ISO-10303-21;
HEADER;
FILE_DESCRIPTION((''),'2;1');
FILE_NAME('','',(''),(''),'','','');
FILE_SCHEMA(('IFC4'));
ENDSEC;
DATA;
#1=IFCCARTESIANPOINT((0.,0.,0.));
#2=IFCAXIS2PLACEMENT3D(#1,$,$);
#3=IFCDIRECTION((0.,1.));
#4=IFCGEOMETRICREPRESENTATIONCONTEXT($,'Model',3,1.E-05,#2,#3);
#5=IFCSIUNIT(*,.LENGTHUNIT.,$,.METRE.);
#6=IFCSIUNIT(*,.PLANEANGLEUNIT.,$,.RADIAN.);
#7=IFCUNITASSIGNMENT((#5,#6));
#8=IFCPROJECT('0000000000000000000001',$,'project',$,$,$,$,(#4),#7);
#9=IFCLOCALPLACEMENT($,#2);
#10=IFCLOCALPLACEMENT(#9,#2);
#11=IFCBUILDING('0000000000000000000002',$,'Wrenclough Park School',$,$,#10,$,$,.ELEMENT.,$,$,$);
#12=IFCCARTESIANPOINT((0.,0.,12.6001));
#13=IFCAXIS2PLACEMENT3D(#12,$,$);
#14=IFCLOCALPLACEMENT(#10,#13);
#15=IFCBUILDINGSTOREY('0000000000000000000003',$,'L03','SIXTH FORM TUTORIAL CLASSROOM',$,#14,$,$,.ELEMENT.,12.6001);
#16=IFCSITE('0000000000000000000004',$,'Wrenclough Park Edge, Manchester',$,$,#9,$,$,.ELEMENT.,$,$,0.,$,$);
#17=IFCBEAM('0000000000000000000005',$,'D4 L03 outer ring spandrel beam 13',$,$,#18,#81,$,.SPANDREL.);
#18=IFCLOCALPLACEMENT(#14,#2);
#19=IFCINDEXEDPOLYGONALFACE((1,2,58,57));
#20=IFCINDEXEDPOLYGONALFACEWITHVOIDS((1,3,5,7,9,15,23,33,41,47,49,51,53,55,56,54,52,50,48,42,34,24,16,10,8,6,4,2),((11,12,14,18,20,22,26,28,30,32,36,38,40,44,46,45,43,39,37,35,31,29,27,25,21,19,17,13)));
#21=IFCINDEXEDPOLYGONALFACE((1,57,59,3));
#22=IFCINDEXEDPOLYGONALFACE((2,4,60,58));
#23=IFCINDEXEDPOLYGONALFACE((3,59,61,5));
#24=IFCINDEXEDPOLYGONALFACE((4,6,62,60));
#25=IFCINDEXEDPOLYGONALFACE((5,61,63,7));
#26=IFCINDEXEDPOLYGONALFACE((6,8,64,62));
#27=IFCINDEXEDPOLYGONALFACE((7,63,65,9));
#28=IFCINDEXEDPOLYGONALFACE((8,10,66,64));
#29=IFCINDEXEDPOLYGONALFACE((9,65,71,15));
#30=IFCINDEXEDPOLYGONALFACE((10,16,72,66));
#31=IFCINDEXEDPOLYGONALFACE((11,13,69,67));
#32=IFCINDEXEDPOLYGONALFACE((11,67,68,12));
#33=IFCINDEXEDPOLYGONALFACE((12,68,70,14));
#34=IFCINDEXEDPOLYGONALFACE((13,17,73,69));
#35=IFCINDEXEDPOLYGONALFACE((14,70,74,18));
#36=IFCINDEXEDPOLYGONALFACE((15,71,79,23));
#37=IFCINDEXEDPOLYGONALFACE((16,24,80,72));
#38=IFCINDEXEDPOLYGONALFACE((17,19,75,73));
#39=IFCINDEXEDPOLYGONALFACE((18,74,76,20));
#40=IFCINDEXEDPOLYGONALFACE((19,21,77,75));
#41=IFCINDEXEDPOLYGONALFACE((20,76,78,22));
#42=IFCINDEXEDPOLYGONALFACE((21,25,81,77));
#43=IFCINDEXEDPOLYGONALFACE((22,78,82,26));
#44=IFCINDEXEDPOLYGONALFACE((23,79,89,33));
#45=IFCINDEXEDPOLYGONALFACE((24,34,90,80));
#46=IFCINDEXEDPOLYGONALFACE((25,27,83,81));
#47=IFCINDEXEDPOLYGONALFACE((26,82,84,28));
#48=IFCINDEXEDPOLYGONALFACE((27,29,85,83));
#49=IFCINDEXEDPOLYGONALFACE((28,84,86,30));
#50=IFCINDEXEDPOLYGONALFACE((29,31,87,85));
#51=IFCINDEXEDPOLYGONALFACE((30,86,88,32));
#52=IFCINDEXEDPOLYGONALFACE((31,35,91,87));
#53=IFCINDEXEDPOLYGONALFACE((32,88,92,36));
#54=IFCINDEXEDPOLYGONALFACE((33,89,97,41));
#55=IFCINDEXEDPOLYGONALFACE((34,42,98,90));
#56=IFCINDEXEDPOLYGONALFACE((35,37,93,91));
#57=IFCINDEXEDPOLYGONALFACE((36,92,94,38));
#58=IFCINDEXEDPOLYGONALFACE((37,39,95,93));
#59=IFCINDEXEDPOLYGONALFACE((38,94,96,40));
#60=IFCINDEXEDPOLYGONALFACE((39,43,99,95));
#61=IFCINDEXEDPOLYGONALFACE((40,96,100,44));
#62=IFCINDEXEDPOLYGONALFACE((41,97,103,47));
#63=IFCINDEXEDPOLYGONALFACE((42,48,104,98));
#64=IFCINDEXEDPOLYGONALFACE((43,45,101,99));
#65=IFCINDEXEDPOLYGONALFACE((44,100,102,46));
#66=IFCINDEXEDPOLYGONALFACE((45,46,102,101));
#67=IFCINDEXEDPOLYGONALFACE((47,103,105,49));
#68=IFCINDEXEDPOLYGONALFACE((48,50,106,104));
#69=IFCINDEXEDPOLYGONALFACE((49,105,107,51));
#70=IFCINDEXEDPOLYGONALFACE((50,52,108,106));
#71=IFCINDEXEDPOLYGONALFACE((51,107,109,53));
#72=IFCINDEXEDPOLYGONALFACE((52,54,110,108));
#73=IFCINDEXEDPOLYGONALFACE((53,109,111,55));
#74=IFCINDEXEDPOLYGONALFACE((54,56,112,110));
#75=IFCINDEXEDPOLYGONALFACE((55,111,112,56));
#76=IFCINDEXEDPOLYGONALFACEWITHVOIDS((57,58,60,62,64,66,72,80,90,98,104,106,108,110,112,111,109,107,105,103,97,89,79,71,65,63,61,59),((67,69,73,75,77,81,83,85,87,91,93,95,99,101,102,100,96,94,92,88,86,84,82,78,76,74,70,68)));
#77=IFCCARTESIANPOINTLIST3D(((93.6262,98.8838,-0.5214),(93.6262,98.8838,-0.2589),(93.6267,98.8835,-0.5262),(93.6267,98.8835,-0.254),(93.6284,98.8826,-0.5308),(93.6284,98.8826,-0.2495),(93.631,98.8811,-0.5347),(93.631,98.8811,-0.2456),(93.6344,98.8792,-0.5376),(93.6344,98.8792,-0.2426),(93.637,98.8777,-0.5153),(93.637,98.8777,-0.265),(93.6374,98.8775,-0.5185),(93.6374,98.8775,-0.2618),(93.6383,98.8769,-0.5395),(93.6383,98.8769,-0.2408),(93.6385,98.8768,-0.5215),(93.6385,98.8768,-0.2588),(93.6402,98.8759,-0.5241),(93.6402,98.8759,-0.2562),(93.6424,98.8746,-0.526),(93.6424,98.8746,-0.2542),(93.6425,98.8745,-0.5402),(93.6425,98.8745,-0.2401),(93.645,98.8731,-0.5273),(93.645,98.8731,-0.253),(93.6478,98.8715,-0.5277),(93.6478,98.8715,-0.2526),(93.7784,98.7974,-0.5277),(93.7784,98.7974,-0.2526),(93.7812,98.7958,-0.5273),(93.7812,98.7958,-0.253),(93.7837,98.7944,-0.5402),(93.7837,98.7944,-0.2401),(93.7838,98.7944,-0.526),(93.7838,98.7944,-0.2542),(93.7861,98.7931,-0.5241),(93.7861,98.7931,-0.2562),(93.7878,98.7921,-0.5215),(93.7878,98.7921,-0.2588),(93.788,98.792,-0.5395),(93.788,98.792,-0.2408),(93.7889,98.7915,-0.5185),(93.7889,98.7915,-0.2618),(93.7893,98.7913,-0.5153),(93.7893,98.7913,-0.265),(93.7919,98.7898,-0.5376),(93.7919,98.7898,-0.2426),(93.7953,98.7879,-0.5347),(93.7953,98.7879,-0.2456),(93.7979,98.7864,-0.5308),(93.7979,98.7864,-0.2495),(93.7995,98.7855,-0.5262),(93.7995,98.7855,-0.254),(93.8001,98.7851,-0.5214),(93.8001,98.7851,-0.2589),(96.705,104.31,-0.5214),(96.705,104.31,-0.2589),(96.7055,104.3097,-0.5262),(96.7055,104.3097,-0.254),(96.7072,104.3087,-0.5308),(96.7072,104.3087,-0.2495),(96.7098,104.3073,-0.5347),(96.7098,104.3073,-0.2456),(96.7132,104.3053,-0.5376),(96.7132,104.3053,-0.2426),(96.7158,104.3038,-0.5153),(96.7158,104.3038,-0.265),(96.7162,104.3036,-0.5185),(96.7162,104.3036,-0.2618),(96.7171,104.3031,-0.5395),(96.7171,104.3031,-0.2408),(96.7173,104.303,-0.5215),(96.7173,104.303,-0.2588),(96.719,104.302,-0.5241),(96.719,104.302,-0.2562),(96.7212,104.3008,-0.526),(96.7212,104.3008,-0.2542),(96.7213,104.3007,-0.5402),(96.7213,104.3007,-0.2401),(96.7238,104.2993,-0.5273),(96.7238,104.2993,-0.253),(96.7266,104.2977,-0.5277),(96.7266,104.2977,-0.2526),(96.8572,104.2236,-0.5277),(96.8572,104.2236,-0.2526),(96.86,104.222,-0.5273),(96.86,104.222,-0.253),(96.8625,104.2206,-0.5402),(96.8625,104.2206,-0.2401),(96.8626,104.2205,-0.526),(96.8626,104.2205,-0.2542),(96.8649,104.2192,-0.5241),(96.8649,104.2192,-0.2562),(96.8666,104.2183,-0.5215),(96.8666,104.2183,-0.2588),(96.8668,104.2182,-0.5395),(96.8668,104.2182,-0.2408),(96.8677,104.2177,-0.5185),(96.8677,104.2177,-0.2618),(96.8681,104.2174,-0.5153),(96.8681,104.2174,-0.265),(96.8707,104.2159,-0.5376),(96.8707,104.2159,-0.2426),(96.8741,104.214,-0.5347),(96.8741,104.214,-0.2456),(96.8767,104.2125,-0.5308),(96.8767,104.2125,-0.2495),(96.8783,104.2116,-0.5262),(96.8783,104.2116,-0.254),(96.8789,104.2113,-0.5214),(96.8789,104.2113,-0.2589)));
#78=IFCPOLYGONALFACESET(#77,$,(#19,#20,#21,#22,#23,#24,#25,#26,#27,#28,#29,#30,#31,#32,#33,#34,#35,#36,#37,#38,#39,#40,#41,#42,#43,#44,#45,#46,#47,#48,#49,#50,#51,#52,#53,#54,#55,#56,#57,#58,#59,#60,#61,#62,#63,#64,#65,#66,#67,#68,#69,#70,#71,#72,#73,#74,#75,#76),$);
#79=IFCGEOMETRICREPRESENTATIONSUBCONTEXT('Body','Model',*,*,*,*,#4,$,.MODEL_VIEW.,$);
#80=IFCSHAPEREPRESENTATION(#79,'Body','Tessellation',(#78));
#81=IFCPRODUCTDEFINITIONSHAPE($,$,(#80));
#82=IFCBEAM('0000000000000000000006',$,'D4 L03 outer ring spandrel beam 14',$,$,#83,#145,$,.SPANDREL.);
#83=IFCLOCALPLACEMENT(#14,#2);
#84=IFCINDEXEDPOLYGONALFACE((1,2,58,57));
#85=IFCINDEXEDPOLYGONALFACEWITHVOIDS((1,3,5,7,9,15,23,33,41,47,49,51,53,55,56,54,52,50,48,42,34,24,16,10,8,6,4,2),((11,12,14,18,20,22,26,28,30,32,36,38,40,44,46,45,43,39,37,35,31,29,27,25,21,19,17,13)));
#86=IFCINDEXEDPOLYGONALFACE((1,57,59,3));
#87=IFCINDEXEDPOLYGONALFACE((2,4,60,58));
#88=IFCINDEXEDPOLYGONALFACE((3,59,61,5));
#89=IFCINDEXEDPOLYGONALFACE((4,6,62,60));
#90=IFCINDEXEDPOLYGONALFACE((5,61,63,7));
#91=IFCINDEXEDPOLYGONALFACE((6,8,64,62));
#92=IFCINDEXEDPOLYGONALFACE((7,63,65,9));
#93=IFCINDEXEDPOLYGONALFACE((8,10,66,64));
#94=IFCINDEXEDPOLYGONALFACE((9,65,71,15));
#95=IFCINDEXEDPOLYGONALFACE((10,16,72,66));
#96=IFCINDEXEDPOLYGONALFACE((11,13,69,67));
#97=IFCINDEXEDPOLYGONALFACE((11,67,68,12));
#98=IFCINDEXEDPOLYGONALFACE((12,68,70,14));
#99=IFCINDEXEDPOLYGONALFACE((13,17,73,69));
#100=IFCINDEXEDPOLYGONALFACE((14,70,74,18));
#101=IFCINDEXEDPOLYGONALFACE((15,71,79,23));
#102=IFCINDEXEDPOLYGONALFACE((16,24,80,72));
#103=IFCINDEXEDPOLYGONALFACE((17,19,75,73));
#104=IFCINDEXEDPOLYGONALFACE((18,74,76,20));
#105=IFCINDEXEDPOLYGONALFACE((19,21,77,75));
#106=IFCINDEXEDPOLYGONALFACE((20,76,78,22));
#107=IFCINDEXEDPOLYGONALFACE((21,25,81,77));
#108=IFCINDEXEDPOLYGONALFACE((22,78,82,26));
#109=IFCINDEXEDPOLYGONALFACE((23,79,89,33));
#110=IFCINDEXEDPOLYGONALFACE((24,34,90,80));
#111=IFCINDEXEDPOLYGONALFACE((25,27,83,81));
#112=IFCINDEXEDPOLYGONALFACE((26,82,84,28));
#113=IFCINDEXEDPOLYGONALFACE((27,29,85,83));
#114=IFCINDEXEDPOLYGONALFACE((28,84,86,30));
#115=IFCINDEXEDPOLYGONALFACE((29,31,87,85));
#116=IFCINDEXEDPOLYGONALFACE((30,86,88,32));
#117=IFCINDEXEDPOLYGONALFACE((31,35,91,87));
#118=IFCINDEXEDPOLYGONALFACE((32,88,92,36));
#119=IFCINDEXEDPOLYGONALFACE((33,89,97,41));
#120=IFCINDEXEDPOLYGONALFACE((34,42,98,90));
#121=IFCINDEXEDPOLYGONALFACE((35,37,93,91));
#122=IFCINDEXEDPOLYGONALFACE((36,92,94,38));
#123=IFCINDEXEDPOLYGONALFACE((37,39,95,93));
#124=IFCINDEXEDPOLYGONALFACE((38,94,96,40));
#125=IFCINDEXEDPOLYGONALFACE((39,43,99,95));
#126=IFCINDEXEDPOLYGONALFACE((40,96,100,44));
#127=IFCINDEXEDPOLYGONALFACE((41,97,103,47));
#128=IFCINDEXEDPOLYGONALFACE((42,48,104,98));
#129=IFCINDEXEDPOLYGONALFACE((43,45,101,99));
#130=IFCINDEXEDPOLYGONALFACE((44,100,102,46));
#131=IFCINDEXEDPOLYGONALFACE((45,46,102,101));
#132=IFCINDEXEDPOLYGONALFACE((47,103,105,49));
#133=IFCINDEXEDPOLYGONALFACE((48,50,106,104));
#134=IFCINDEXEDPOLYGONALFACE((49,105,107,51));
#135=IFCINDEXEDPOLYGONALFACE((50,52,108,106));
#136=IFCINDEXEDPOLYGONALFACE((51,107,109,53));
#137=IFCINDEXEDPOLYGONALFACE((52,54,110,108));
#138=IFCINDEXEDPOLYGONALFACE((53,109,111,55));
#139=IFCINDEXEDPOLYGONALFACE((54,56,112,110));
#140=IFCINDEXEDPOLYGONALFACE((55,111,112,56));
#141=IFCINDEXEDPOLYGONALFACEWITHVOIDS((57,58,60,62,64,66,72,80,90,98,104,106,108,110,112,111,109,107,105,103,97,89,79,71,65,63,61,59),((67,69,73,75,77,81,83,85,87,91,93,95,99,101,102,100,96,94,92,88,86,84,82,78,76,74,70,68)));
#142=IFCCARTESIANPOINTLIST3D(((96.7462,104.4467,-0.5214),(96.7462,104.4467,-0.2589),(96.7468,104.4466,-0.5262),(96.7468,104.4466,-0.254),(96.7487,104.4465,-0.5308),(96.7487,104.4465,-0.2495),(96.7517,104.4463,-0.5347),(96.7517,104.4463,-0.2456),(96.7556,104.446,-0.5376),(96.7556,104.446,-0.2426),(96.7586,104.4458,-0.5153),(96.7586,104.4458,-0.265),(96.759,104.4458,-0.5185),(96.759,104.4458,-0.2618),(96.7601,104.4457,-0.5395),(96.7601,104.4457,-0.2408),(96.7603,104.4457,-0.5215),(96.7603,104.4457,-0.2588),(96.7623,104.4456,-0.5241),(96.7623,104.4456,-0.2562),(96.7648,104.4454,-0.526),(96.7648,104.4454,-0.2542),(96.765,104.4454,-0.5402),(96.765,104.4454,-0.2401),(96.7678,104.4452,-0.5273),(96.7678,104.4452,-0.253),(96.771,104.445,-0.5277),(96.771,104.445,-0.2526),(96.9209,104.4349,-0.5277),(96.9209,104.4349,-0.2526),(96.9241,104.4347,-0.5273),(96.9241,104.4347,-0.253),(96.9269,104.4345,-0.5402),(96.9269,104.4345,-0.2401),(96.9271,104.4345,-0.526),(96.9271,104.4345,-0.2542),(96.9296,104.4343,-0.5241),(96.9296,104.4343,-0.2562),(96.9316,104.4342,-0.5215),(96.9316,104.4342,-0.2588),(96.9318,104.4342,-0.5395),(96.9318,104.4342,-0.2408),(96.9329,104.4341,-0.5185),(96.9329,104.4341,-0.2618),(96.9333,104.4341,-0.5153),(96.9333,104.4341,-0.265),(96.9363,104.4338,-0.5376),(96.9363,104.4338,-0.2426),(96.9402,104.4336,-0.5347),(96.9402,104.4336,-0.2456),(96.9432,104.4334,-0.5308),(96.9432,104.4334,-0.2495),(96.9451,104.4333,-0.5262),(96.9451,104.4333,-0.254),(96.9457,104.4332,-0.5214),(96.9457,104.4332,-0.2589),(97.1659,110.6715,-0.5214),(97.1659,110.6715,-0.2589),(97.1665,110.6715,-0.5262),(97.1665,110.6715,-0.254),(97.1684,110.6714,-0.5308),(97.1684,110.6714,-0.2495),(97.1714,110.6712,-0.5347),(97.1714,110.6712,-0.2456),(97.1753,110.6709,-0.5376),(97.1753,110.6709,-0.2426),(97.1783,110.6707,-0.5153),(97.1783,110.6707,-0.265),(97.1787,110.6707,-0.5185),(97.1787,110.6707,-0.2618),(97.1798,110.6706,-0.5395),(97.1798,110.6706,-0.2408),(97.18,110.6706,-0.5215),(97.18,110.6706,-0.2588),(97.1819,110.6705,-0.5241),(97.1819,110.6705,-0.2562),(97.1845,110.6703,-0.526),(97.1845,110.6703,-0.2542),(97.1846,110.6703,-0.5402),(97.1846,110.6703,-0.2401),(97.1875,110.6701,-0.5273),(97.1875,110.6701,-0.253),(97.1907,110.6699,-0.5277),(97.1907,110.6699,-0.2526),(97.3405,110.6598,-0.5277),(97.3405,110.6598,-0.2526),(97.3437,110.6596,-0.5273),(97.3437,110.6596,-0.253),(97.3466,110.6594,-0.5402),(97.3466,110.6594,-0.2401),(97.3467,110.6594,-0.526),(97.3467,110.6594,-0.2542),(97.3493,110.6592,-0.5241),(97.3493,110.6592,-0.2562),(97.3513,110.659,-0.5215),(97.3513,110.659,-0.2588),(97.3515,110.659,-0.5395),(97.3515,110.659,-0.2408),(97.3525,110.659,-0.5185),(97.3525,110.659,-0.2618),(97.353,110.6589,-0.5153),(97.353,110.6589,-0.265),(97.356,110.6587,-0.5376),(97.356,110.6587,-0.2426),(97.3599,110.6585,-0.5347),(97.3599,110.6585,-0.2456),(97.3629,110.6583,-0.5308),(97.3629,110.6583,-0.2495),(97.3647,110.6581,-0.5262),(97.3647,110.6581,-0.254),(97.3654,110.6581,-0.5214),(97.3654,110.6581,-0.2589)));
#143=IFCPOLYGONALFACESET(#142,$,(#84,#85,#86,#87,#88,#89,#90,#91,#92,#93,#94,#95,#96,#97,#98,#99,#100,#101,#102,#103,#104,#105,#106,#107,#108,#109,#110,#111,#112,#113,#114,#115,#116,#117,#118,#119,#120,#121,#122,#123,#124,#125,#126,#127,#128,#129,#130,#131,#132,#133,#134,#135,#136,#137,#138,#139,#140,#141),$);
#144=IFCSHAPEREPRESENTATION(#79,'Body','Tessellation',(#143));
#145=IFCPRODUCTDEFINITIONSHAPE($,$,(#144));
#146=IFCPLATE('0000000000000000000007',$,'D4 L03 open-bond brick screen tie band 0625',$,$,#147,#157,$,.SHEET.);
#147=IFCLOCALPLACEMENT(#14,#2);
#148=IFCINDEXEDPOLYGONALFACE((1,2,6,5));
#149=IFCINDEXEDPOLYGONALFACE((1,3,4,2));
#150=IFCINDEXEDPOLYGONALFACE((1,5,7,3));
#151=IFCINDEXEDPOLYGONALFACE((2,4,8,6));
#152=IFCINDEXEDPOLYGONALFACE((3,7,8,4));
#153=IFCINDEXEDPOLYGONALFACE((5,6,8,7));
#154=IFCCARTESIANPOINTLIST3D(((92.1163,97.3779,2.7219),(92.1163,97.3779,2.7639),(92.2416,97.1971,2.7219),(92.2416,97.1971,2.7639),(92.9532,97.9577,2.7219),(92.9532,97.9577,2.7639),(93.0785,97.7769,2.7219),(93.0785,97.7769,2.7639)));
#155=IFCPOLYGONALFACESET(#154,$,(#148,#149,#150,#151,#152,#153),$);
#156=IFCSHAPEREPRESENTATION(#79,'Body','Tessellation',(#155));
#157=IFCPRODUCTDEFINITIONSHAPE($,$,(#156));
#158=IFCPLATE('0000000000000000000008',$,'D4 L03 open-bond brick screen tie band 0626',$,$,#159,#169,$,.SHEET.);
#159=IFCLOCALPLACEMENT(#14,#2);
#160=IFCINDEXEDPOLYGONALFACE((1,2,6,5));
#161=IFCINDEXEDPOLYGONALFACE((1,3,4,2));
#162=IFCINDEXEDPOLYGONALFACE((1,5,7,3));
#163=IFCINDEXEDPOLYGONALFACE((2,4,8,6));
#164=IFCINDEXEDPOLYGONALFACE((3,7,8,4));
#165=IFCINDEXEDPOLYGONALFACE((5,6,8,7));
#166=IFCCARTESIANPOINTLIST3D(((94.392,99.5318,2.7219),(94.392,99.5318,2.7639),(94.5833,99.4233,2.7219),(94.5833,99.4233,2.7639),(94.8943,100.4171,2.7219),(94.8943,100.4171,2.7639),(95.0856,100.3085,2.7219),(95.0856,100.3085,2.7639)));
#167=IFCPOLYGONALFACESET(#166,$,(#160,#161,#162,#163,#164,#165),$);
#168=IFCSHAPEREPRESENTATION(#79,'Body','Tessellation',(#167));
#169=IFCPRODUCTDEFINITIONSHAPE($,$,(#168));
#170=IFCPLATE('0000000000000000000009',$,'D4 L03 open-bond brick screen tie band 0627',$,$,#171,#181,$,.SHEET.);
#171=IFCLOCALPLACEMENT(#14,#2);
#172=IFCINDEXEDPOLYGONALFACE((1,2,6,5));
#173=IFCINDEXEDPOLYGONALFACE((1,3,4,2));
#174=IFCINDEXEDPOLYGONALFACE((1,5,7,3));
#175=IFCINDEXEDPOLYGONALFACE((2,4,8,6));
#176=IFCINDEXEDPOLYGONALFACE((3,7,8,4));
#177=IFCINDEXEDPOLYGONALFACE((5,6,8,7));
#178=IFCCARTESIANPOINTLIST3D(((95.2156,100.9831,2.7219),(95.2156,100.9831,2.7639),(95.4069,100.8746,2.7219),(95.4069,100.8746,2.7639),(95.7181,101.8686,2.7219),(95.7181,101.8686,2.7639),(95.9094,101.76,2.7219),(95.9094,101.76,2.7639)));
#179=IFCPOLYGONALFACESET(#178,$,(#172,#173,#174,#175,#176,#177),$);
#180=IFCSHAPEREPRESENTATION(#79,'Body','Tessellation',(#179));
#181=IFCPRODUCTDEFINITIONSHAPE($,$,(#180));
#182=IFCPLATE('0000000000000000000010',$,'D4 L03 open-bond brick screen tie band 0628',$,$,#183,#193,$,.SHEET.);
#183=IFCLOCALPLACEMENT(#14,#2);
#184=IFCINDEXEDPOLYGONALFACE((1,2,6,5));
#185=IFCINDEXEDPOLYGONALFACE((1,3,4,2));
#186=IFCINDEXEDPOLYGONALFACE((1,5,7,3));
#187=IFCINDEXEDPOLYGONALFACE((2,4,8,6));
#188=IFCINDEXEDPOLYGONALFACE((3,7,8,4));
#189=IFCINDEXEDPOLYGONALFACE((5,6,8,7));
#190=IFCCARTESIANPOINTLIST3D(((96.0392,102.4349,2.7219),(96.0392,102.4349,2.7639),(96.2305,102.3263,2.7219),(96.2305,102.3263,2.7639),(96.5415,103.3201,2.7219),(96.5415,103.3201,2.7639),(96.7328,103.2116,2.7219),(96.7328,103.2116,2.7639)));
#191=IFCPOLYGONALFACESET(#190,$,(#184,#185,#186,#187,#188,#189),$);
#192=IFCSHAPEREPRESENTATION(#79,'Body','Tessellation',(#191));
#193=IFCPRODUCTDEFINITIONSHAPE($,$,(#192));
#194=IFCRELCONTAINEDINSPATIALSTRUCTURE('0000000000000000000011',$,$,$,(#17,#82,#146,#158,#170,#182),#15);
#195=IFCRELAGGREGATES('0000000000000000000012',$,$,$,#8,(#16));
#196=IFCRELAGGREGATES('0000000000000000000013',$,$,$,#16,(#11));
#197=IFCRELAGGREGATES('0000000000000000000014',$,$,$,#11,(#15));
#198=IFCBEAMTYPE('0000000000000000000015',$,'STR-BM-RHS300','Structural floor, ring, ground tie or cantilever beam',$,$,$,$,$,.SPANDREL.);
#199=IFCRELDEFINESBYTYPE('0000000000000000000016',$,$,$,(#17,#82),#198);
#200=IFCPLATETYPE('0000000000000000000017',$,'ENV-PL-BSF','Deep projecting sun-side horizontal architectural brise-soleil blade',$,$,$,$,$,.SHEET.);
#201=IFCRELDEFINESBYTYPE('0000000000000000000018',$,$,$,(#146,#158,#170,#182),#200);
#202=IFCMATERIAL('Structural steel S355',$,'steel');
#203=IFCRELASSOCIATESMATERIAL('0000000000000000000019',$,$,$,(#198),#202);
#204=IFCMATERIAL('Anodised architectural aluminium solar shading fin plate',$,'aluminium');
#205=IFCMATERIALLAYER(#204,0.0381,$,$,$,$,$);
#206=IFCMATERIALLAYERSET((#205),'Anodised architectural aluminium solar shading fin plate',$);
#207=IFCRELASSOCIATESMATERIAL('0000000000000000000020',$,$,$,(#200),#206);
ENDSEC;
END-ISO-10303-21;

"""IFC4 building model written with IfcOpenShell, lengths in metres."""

from ifc_helpers import new_model, si_unit, direction, frame, origin, origin_2d, place, context, subcontext, project, spatial, rectangle, hollow_rectangle, extrude, material, layer, layer_set, material_profile, profile_set, type_object, element, save


model = new_model("IFC4")

# Units and contexts
model_context = context("Model", 3, precision=1e-05, world=origin(), true_north=direction((0.0, 1.0)))
body_context = subcontext(model_context, "Body", "Model", "MODEL_VIEW")
ifc_project = project(units=[si_unit("LENGTHUNIT", "METRE"), si_unit("PLANEANGLEUNIT", "RADIAN")], contexts=[model_context])

# Site, building, storey
site_placement = place(None, origin())
site = spatial("IfcSite", under=ifc_project, at=site_placement, Name="Wrenclough Park Edge, Manchester", CompositionType="ELEMENT", RefElevation=0.0)
building_placement = place(site_placement, origin())
building = spatial("IfcBuilding", under=site, at=building_placement, Name="Wrenclough Park School", CompositionType="ELEMENT")
storey_placement = place(building_placement, frame((0.0, 0.0, 12.6001)))
storey = spatial("IfcBuildingStorey", under=building, at=storey_placement, Name="L03", Description="SIXTH FORM TUTORIAL CLASSROOM", CompositionType="ELEMENT", Elevation=12.6001)

# Shared definitions
ifc_material_1 = material(Name="Structural steel S355", Category="steel")

# Beams
ifc_material_profile_1 = material_profile(ifc_material_1, hollow_rectangle(XDim=0.2, YDim=0.3, WallThickness=0.0125, InnerFilletRadius=0.0125, OuterFilletRadius=0.0188, at=origin_2d()), Name="RHS 300x200x12.5")
ifc_profile_set_1 = profile_set([ifc_material_profile_1], Name="Structural steel S355")
beam_type = type_object("IfcBeamType", Name="STR-BM-RHS300", Description="Structural floor, ring, ground tie or cantilever beam", PredefinedType="SPANDREL", material=ifc_profile_set_1)
beam_1_placement = place(storey_placement, frame((93.7131, 98.8345, -0.3901), z_axis=(0.493494, 0.869749, 0.0), x_axis=(-0.869749, 0.493494, 0.0)))
element("IfcBeam", 1, at=beam_1_placement, inside=storey, type_object=beam_type, Name="D4 L03 outer ring spandrel beam 13", PredefinedType="SPANDREL", context=body_context, shape_type="SweptSolid", body=[
    extrude(hollow_rectangle(XDim=0.2, YDim=0.3, WallThickness=0.0125, InnerFilletRadius=0.0125, OuterFilletRadius=0.0188, at=origin_2d()), origin(), (0.0, 0.0, 1.0), 6.2388),
])
beam_2_placement = place(storey_placement, frame((96.8459, 104.4399, -0.3901), z_axis=(0.067267, 0.997735, 0.0), x_axis=(-0.997735, 0.067267, 0.0)))
element("IfcBeam", 2, at=beam_2_placement, inside=storey, type_object=beam_type, Name="D4 L03 outer ring spandrel beam 14", PredefinedType="SPANDREL", context=body_context, shape_type="SweptSolid", body=[
    extrude(hollow_rectangle(XDim=0.2, YDim=0.3, WallThickness=0.0125, InnerFilletRadius=0.0125, OuterFilletRadius=0.0188, at=origin_2d()), origin(), (0.0, 0.0, 1.0), 6.239),
])

# Plates
ifc_material_2 = material(Name="Anodised architectural aluminium solar shading fin plate", Category="aluminium")
ifc_layer_1 = layer(ifc_material_2, 0.0381)
ifc_layer_set_1 = layer_set([ifc_layer_1], Name="Anodised architectural aluminium solar shading fin plate")
plate_type = type_object("IfcPlateType", Name="ENV-PL-BSF", Description="Deep projecting sun-side horizontal architectural brise-soleil blade", PredefinedType="SHEET", material=ifc_layer_set_1)
plate_1_placement = place(storey_placement, frame((92.5974, 97.5774, 2.7219), z_axis=(0.0, 0.0, 1.0), x_axis=(0.822008, 0.569476, 0.0)))
element("IfcPlate", 3, at=plate_1_placement, inside=storey, type_object=plate_type, Name="D4 L03 open-bond brick screen tie band 0625", PredefinedType="SHEET", context=body_context, shape_type="SweptSolid", body=[
    extrude(rectangle(XDim=1.0181, YDim=0.22, at=origin_2d()), origin(), (0.0, 0.0, 1.0), 0.042),
])
plate_2_placement = place(storey_placement, frame((94.7388, 99.9202, 2.7219), z_axis=(0.0, 0.0, 1.0), x_axis=(0.493509, 0.869741, 0.0)))
element("IfcPlate", 4, at=plate_2_placement, inside=storey, type_object=plate_type, Name="D4 L03 open-bond brick screen tie band 0626", PredefinedType="SHEET", context=body_context, shape_type="SweptSolid", body=[
    extrude(rectangle(XDim=1.0178, YDim=0.22, at=origin_2d()), origin(), (0.0, 0.0, 1.0), 0.042),
])
plate_3_placement = place(storey_placement, frame((95.5625, 101.3716, 2.7219), z_axis=(0.0, 0.0, 1.0), x_axis=(0.493509, 0.869741, 0.0)))
element("IfcPlate", 5, at=plate_3_placement, inside=storey, type_object=plate_type, Name="D4 L03 open-bond brick screen tie band 0627", PredefinedType="SHEET", context=body_context, shape_type="SweptSolid", body=[
    extrude(rectangle(XDim=1.0181, YDim=0.22, at=origin_2d()), origin(), (0.0, 0.0, 1.0), 0.042),
])
plate_4_placement = place(storey_placement, frame((96.386, 102.8232, 2.7219), z_axis=(0.0, 0.0, 1.0), x_axis=(0.493509, 0.869741, 0.0)))
element("IfcPlate", 6, at=plate_4_placement, inside=storey, type_object=plate_type, Name="D4 L03 open-bond brick screen tie band 0628", PredefinedType="SHEET", context=body_context, shape_type="SweptSolid", body=[
    extrude(rectangle(XDim=1.0178, YDim=0.22, at=origin_2d()), origin(), (0.0, 0.0, 1.0), 0.042),
])

save(model, "model.ifc")
